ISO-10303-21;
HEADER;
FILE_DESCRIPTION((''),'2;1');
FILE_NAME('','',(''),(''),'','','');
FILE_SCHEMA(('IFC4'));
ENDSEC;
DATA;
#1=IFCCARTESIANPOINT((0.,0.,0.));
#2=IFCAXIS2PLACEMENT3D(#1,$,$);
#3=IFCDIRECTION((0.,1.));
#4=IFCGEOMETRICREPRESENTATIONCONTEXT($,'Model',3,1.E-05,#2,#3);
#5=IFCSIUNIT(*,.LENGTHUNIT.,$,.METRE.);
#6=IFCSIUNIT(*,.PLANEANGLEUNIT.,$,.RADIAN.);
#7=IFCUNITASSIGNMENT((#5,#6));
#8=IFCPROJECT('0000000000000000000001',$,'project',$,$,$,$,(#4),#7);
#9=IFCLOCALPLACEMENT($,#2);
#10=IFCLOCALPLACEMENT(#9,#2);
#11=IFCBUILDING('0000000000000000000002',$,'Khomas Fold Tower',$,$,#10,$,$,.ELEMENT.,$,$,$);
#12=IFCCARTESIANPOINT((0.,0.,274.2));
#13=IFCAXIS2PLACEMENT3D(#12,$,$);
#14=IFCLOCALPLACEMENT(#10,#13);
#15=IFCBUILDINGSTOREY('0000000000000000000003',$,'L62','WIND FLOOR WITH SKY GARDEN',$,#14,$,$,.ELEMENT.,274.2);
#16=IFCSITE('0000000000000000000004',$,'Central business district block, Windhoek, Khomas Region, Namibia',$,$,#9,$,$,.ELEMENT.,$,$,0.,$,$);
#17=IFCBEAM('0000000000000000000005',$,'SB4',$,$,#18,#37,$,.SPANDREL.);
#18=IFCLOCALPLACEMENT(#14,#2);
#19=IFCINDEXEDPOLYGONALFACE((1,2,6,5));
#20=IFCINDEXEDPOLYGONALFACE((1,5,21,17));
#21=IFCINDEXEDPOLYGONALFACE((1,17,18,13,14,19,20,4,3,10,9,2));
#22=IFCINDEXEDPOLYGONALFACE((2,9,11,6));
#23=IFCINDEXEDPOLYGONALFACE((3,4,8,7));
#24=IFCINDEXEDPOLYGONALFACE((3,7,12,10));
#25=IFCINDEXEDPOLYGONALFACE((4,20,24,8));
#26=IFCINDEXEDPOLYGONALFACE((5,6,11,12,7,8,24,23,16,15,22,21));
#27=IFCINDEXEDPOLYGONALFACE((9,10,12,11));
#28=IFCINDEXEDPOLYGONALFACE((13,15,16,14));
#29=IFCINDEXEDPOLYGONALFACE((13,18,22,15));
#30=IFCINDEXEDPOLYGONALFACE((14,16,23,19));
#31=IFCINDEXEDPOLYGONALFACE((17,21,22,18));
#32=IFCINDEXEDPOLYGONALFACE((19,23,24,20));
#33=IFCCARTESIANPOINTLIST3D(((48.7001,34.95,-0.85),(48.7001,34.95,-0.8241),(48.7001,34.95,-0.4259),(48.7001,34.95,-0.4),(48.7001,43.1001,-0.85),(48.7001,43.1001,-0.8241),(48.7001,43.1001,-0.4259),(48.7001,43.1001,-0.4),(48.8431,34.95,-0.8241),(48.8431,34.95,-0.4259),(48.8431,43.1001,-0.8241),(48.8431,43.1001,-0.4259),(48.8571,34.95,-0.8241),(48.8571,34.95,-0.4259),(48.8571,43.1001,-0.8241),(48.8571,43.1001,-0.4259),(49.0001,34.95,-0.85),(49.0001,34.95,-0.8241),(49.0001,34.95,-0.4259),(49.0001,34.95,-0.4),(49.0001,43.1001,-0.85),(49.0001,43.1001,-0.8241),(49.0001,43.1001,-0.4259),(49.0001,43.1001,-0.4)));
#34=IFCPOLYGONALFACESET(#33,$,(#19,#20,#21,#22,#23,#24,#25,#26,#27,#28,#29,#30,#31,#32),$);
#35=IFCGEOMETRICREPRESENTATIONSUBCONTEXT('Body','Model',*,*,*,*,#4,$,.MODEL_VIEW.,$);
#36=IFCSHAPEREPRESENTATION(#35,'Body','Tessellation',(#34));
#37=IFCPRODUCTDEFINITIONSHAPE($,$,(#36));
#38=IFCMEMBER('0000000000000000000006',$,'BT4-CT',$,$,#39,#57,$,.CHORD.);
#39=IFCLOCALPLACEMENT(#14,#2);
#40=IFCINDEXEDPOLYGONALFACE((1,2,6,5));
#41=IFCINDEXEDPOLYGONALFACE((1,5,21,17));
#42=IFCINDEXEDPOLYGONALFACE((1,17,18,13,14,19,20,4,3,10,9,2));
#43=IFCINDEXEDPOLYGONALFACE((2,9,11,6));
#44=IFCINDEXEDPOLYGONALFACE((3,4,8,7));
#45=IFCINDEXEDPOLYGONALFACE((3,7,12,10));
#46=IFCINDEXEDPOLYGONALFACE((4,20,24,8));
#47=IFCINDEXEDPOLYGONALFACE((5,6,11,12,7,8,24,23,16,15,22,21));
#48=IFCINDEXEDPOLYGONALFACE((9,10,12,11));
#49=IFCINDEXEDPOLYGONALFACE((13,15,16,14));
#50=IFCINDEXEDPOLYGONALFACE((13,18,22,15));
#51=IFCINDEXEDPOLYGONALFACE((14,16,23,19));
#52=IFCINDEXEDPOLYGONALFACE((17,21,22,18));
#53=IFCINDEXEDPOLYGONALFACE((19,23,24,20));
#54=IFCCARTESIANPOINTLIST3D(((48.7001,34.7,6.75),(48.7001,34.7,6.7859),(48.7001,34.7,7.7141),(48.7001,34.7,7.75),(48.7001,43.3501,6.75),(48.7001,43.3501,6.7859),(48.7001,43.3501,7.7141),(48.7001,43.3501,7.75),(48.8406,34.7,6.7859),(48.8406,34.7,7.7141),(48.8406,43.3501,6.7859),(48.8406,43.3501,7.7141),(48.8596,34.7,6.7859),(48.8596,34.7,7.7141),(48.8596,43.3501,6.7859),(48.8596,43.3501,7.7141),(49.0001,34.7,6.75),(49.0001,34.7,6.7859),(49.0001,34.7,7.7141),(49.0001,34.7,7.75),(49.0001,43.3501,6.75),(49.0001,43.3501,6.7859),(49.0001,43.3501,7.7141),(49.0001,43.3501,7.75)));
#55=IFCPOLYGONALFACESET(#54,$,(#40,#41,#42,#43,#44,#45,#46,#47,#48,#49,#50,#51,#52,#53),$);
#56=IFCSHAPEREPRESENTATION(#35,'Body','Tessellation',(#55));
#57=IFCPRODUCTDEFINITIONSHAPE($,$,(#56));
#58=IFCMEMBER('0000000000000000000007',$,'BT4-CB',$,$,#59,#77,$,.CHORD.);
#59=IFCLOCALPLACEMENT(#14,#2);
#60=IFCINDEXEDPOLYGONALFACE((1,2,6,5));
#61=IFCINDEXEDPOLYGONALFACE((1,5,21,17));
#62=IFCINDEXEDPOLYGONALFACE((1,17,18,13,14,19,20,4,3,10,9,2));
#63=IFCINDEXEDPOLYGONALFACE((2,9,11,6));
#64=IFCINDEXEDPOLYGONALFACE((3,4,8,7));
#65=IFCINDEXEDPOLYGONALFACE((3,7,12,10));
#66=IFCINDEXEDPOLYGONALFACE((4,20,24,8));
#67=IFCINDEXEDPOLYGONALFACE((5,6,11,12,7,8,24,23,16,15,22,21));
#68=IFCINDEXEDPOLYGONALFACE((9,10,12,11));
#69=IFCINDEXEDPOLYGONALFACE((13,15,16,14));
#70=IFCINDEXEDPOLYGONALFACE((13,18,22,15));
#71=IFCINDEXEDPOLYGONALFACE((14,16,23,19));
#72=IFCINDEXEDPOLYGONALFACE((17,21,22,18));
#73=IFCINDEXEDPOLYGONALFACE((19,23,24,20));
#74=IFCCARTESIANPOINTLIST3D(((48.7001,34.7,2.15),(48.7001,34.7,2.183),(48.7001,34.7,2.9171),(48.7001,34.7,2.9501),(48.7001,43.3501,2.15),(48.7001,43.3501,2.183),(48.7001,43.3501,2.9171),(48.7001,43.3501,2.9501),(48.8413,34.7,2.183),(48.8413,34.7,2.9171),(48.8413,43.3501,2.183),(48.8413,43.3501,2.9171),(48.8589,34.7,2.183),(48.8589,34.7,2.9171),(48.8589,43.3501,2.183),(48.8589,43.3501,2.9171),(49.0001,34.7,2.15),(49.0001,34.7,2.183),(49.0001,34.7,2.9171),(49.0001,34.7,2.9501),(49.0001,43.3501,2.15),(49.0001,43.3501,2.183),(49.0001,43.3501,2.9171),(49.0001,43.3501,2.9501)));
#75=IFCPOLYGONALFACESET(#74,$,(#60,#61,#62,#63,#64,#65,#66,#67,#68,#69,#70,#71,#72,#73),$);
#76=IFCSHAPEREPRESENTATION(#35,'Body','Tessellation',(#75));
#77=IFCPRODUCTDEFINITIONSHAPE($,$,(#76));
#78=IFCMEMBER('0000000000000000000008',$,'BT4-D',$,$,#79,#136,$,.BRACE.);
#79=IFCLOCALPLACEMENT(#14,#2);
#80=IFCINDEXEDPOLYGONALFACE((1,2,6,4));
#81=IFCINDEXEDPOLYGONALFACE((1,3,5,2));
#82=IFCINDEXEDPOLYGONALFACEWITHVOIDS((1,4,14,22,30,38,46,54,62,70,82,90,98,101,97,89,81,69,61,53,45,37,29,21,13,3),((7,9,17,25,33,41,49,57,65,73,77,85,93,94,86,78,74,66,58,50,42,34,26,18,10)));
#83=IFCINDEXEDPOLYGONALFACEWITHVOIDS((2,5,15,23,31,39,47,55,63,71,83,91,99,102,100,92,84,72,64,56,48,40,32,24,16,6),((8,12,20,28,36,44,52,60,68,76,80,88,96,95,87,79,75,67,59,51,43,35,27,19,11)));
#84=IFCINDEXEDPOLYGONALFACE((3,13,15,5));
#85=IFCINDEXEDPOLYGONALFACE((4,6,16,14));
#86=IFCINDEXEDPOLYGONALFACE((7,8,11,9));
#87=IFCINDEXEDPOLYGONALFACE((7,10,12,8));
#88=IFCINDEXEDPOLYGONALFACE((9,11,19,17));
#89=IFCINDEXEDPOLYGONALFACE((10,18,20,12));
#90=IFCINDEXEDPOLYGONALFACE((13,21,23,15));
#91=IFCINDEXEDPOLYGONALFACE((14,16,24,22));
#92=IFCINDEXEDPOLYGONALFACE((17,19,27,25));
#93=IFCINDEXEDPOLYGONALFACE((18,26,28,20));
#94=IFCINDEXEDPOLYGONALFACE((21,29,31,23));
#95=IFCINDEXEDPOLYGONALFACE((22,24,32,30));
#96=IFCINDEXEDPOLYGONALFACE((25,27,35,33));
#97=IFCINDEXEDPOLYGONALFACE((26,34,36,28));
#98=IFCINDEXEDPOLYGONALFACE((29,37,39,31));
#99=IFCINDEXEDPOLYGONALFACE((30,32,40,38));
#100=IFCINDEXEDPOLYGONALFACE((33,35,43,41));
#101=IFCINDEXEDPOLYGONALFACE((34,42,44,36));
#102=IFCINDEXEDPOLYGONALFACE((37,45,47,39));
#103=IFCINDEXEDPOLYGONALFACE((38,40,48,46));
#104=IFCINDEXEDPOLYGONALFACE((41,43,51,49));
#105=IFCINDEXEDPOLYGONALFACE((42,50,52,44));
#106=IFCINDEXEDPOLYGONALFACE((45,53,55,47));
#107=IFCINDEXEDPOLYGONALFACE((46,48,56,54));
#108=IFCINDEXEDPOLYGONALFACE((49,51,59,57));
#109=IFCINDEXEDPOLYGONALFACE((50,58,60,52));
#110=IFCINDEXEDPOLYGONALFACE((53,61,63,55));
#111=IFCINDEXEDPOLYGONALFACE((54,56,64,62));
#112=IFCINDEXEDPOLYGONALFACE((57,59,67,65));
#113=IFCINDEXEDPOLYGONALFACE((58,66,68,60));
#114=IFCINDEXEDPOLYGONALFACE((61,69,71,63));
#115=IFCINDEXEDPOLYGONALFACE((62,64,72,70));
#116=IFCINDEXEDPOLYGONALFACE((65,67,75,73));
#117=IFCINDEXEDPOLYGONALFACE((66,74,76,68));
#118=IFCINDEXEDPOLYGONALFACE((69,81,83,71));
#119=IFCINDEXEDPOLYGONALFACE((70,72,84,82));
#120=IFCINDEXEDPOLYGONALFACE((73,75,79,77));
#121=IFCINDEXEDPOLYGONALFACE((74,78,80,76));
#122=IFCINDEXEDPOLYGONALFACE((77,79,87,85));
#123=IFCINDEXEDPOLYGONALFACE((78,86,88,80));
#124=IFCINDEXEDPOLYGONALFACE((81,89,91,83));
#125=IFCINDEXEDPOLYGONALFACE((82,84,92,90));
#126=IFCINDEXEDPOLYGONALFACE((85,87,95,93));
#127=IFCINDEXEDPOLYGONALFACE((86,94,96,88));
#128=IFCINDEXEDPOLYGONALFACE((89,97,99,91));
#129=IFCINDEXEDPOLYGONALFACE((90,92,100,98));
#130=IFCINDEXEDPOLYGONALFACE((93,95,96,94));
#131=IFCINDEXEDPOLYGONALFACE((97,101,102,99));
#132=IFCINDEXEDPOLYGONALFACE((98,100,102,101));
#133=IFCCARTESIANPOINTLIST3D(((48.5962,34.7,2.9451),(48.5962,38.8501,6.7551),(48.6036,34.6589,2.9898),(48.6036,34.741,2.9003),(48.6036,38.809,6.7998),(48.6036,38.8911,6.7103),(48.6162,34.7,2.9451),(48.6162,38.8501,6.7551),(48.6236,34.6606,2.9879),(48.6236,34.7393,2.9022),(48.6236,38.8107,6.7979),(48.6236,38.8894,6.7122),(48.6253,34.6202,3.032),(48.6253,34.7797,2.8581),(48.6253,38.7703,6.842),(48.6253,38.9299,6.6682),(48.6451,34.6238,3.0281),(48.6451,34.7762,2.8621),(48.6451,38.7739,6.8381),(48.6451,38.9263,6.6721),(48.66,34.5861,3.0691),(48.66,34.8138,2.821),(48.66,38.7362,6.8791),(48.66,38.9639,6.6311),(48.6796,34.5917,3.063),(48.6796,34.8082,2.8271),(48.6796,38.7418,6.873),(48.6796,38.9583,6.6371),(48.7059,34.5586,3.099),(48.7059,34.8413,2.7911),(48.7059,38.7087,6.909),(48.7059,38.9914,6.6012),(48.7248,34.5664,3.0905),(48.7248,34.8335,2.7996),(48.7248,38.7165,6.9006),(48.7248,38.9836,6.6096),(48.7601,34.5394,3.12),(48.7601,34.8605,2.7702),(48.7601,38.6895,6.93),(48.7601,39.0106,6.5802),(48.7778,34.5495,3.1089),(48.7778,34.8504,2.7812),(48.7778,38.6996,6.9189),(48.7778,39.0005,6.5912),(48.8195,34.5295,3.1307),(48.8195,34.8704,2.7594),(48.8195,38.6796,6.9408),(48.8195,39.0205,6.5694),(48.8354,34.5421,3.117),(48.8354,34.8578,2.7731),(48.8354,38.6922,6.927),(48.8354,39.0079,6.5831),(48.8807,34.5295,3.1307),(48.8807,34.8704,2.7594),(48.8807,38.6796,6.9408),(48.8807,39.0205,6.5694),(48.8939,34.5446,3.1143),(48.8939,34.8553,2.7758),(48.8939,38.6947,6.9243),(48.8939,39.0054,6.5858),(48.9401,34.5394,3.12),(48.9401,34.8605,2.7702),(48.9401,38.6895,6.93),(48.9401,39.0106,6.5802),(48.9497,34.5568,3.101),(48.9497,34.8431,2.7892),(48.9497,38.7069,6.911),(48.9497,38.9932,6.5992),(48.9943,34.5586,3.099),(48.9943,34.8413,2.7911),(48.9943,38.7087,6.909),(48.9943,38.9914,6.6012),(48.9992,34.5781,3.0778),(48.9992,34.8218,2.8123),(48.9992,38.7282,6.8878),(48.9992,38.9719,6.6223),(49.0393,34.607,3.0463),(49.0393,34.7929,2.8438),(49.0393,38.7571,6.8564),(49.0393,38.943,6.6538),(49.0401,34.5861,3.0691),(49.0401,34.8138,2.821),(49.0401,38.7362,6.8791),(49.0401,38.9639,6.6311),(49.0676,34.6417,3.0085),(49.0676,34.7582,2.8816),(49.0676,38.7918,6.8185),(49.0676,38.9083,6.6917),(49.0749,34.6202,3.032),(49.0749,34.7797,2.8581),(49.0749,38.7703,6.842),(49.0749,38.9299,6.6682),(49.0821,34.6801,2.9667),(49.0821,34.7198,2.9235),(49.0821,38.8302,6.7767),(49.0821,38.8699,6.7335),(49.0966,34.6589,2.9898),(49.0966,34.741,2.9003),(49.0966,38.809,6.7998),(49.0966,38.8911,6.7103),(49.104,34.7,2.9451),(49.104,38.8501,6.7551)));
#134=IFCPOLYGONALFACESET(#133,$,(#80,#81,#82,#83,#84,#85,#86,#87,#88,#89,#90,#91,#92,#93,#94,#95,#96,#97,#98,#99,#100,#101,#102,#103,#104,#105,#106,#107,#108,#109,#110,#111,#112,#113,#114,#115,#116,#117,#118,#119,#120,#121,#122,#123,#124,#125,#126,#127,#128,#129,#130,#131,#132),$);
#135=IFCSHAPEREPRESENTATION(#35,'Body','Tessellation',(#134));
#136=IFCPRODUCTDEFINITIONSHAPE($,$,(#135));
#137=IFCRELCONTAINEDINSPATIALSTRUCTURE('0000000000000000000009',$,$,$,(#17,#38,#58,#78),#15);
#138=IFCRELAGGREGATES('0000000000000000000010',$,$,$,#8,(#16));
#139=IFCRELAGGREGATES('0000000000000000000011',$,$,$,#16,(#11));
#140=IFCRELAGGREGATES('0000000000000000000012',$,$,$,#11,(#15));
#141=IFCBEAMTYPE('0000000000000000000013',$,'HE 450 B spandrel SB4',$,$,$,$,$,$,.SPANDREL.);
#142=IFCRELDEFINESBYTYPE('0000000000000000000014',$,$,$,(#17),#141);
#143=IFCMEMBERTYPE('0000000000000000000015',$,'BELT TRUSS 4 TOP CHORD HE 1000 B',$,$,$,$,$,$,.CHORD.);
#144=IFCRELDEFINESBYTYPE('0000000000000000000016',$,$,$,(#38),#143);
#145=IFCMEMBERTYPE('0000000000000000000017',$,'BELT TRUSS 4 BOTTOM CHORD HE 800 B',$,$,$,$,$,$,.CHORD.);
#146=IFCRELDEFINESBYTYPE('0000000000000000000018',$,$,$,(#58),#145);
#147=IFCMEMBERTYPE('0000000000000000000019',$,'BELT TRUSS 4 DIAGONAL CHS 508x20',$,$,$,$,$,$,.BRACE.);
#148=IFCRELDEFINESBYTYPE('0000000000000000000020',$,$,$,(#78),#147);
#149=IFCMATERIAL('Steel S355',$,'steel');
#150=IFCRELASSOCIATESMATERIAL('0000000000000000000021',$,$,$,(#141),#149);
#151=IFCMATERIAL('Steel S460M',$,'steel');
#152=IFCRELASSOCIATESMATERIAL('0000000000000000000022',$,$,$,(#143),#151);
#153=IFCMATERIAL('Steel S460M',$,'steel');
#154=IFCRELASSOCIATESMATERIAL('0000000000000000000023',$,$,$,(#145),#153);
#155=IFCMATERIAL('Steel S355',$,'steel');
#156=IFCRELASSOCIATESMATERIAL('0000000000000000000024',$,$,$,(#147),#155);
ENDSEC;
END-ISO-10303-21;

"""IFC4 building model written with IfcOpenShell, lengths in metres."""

from ifc_helpers import new_model, si_unit, direction, frame, origin, origin_2d, place, context, subcontext, project, spatial, hollow_circle, i_section, extrude, source, transform, mapped, material, material_profile, profile_set, type_object, element, save


model = new_model("IFC4")

# Units and contexts
model_context = context("Model", 3, precision=1e-05, world=origin(), true_north=direction((0.0, 1.0)))
body_context = subcontext(model_context, "Body", "Model", "MODEL_VIEW")
ifc_project = project(units=[si_unit("LENGTHUNIT", "METRE"), si_unit("PLANEANGLEUNIT", "RADIAN")], contexts=[model_context])

# Site, building, storey
site_placement = place(None, origin())
site = spatial("IfcSite", under=ifc_project, at=site_placement, Name="Central business district block, Windhoek, Khomas Region, Namibia", CompositionType="ELEMENT", RefElevation=0.0)
building_placement = place(site_placement, origin())
building = spatial("IfcBuilding", under=site, at=building_placement, Name="Khomas Fold Tower", CompositionType="ELEMENT")
storey_placement = place(building_placement, frame((0.0, 0.0, 274.2)))
storey = spatial("IfcBuildingStorey", under=building, at=storey_placement, Name="L62", Description="WIND FLOOR WITH SKY GARDEN", CompositionType="ELEMENT", Elevation=274.2)

# Beam
ifc_material_1 = material(Name="Steel S355", Category="steel")
ifc_material_profile_1 = material_profile(ifc_material_1, i_section(OverallWidth=0.3, OverallDepth=0.45, WebThickness=0.0139, FlangeThickness=0.0259, at=origin_2d()), Name="HE 450 B")
ifc_profile_set_1 = profile_set([ifc_material_profile_1], Name="Steel S355")
beam_type_1 = type_object("IfcBeamType", Name="HE 450 B spandrel SB4", PredefinedType="SPANDREL", material=ifc_profile_set_1)
shared_shape_1 = source(origin(), body_context, "Body", "SweptSolid", [
    extrude(i_section(OverallWidth=0.3, OverallDepth=0.45, WebThickness=0.0139, FlangeThickness=0.0259, at=origin_2d()), origin(), (0.0, 0.0, 1.0), 8.1501),
])
beam_1_placement = place(storey_placement, frame((48.8501, 34.95, -0.625), z_axis=(0.0, 1.0, 0.0), x_axis=(-1.0, 0.0, 0.0)))
element("IfcBeam", 1, at=beam_1_placement, inside=storey, type_object=beam_type_1, Name="SB4", PredefinedType="SPANDREL", context=body_context, shape_type="MappedRepresentation", body=[
    mapped(shared_shape_1, transform((0.0, 0.0, 0.0))),
])

# Members
ifc_material_2 = material(Name="Steel S460M", Category="steel")
ifc_material_profile_2 = material_profile(ifc_material_2, i_section(OverallWidth=0.3, OverallDepth=1.0, WebThickness=0.019, FlangeThickness=0.0359, at=origin_2d()), Name="HE 1000 B")
ifc_profile_set_2 = profile_set([ifc_material_profile_2], Name="Steel S460M")
member_type_1 = type_object("IfcMemberType", Name="BELT TRUSS 4 TOP CHORD HE 1000 B", PredefinedType="CHORD", material=ifc_profile_set_2)
shared_shape_2 = source(origin(), body_context, "Body", "SweptSolid", [
    extrude(i_section(OverallWidth=0.3, OverallDepth=1.0, WebThickness=0.019, FlangeThickness=0.0359, at=origin_2d()), origin(), (0.0, 0.0, 1.0), 8.6501),
])
member_1_placement = place(storey_placement, frame((48.8501, 34.7, 7.25), z_axis=(0.0, 1.0, 0.0), x_axis=(-1.0, 0.0, 0.0)))
element("IfcMember", 2, at=member_1_placement, inside=storey, type_object=member_type_1, Name="BT4-CT", PredefinedType="CHORD", context=body_context, shape_type="MappedRepresentation", body=[
    mapped(shared_shape_2, transform((0.0, 0.0, 0.0))),
])
ifc_material_3 = material(Name="Steel S460M", Category="steel")
ifc_material_profile_3 = material_profile(ifc_material_3, i_section(OverallWidth=0.3, OverallDepth=0.8, WebThickness=0.0176, FlangeThickness=0.033, at=origin_2d()), Name="HE 800 B")
ifc_profile_set_3 = profile_set([ifc_material_profile_3], Name="Steel S460M")
member_type_2 = type_object("IfcMemberType", Name="BELT TRUSS 4 BOTTOM CHORD HE 800 B", PredefinedType="CHORD", material=ifc_profile_set_3)
shared_shape_3 = source(origin(), body_context, "Body", "SweptSolid", [
    extrude(i_section(OverallWidth=0.3, OverallDepth=0.8, WebThickness=0.0176, FlangeThickness=0.033, at=origin_2d()), origin(), (0.0, 0.0, 1.0), 8.6501),
])
member_2_placement = place(storey_placement, frame((48.8501, 34.7, 2.55), z_axis=(0.0, 1.0, 0.0), x_axis=(-1.0, 0.0, 0.0)))
element("IfcMember", 3, at=member_2_placement, inside=storey, type_object=member_type_2, Name="BT4-CB", PredefinedType="CHORD", context=body_context, shape_type="MappedRepresentation", body=[
    mapped(shared_shape_3, transform((0.0, 0.0, 0.0))),
])
ifc_material_4 = material(Name="Steel S355", Category="steel")
ifc_material_profile_4 = material_profile(ifc_material_4, hollow_circle(Radius=0.2539, WallThickness=0.02, at=origin_2d()), Name="CHS 508x20")
ifc_profile_set_4 = profile_set([ifc_material_profile_4], Name="Steel S355")
member_type_3 = type_object("IfcMemberType", Name="BELT TRUSS 4 DIAGONAL CHS 508x20", PredefinedType="BRACE", material=ifc_profile_set_4)
shared_shape_4 = source(origin(), body_context, "Body", "SweptSolid", [
    extrude(hollow_circle(Radius=0.2539, WallThickness=0.02, at=origin_2d()), origin(), (0.0, 0.0, 1.0), 5.6338),
])
for number, where, z_axis, x_axis, name in (
    (4, (48.8501, 34.7, 2.9451), (0.0, 0.736645, 0.67628), (-1.0, 0.0, 0.0), "BT4-D"),
):
    element("IfcMember", number, at=place(storey_placement, frame(where, z_axis=z_axis, x_axis=x_axis)), inside=storey, type_object=member_type_3, Name=name, PredefinedType="BRACE", context=body_context, shape_type="MappedRepresentation", body=[
        mapped(shared_shape_4, transform((0.0, 0.0, 0.0))),
    ])

save(model, "model.ifc")
